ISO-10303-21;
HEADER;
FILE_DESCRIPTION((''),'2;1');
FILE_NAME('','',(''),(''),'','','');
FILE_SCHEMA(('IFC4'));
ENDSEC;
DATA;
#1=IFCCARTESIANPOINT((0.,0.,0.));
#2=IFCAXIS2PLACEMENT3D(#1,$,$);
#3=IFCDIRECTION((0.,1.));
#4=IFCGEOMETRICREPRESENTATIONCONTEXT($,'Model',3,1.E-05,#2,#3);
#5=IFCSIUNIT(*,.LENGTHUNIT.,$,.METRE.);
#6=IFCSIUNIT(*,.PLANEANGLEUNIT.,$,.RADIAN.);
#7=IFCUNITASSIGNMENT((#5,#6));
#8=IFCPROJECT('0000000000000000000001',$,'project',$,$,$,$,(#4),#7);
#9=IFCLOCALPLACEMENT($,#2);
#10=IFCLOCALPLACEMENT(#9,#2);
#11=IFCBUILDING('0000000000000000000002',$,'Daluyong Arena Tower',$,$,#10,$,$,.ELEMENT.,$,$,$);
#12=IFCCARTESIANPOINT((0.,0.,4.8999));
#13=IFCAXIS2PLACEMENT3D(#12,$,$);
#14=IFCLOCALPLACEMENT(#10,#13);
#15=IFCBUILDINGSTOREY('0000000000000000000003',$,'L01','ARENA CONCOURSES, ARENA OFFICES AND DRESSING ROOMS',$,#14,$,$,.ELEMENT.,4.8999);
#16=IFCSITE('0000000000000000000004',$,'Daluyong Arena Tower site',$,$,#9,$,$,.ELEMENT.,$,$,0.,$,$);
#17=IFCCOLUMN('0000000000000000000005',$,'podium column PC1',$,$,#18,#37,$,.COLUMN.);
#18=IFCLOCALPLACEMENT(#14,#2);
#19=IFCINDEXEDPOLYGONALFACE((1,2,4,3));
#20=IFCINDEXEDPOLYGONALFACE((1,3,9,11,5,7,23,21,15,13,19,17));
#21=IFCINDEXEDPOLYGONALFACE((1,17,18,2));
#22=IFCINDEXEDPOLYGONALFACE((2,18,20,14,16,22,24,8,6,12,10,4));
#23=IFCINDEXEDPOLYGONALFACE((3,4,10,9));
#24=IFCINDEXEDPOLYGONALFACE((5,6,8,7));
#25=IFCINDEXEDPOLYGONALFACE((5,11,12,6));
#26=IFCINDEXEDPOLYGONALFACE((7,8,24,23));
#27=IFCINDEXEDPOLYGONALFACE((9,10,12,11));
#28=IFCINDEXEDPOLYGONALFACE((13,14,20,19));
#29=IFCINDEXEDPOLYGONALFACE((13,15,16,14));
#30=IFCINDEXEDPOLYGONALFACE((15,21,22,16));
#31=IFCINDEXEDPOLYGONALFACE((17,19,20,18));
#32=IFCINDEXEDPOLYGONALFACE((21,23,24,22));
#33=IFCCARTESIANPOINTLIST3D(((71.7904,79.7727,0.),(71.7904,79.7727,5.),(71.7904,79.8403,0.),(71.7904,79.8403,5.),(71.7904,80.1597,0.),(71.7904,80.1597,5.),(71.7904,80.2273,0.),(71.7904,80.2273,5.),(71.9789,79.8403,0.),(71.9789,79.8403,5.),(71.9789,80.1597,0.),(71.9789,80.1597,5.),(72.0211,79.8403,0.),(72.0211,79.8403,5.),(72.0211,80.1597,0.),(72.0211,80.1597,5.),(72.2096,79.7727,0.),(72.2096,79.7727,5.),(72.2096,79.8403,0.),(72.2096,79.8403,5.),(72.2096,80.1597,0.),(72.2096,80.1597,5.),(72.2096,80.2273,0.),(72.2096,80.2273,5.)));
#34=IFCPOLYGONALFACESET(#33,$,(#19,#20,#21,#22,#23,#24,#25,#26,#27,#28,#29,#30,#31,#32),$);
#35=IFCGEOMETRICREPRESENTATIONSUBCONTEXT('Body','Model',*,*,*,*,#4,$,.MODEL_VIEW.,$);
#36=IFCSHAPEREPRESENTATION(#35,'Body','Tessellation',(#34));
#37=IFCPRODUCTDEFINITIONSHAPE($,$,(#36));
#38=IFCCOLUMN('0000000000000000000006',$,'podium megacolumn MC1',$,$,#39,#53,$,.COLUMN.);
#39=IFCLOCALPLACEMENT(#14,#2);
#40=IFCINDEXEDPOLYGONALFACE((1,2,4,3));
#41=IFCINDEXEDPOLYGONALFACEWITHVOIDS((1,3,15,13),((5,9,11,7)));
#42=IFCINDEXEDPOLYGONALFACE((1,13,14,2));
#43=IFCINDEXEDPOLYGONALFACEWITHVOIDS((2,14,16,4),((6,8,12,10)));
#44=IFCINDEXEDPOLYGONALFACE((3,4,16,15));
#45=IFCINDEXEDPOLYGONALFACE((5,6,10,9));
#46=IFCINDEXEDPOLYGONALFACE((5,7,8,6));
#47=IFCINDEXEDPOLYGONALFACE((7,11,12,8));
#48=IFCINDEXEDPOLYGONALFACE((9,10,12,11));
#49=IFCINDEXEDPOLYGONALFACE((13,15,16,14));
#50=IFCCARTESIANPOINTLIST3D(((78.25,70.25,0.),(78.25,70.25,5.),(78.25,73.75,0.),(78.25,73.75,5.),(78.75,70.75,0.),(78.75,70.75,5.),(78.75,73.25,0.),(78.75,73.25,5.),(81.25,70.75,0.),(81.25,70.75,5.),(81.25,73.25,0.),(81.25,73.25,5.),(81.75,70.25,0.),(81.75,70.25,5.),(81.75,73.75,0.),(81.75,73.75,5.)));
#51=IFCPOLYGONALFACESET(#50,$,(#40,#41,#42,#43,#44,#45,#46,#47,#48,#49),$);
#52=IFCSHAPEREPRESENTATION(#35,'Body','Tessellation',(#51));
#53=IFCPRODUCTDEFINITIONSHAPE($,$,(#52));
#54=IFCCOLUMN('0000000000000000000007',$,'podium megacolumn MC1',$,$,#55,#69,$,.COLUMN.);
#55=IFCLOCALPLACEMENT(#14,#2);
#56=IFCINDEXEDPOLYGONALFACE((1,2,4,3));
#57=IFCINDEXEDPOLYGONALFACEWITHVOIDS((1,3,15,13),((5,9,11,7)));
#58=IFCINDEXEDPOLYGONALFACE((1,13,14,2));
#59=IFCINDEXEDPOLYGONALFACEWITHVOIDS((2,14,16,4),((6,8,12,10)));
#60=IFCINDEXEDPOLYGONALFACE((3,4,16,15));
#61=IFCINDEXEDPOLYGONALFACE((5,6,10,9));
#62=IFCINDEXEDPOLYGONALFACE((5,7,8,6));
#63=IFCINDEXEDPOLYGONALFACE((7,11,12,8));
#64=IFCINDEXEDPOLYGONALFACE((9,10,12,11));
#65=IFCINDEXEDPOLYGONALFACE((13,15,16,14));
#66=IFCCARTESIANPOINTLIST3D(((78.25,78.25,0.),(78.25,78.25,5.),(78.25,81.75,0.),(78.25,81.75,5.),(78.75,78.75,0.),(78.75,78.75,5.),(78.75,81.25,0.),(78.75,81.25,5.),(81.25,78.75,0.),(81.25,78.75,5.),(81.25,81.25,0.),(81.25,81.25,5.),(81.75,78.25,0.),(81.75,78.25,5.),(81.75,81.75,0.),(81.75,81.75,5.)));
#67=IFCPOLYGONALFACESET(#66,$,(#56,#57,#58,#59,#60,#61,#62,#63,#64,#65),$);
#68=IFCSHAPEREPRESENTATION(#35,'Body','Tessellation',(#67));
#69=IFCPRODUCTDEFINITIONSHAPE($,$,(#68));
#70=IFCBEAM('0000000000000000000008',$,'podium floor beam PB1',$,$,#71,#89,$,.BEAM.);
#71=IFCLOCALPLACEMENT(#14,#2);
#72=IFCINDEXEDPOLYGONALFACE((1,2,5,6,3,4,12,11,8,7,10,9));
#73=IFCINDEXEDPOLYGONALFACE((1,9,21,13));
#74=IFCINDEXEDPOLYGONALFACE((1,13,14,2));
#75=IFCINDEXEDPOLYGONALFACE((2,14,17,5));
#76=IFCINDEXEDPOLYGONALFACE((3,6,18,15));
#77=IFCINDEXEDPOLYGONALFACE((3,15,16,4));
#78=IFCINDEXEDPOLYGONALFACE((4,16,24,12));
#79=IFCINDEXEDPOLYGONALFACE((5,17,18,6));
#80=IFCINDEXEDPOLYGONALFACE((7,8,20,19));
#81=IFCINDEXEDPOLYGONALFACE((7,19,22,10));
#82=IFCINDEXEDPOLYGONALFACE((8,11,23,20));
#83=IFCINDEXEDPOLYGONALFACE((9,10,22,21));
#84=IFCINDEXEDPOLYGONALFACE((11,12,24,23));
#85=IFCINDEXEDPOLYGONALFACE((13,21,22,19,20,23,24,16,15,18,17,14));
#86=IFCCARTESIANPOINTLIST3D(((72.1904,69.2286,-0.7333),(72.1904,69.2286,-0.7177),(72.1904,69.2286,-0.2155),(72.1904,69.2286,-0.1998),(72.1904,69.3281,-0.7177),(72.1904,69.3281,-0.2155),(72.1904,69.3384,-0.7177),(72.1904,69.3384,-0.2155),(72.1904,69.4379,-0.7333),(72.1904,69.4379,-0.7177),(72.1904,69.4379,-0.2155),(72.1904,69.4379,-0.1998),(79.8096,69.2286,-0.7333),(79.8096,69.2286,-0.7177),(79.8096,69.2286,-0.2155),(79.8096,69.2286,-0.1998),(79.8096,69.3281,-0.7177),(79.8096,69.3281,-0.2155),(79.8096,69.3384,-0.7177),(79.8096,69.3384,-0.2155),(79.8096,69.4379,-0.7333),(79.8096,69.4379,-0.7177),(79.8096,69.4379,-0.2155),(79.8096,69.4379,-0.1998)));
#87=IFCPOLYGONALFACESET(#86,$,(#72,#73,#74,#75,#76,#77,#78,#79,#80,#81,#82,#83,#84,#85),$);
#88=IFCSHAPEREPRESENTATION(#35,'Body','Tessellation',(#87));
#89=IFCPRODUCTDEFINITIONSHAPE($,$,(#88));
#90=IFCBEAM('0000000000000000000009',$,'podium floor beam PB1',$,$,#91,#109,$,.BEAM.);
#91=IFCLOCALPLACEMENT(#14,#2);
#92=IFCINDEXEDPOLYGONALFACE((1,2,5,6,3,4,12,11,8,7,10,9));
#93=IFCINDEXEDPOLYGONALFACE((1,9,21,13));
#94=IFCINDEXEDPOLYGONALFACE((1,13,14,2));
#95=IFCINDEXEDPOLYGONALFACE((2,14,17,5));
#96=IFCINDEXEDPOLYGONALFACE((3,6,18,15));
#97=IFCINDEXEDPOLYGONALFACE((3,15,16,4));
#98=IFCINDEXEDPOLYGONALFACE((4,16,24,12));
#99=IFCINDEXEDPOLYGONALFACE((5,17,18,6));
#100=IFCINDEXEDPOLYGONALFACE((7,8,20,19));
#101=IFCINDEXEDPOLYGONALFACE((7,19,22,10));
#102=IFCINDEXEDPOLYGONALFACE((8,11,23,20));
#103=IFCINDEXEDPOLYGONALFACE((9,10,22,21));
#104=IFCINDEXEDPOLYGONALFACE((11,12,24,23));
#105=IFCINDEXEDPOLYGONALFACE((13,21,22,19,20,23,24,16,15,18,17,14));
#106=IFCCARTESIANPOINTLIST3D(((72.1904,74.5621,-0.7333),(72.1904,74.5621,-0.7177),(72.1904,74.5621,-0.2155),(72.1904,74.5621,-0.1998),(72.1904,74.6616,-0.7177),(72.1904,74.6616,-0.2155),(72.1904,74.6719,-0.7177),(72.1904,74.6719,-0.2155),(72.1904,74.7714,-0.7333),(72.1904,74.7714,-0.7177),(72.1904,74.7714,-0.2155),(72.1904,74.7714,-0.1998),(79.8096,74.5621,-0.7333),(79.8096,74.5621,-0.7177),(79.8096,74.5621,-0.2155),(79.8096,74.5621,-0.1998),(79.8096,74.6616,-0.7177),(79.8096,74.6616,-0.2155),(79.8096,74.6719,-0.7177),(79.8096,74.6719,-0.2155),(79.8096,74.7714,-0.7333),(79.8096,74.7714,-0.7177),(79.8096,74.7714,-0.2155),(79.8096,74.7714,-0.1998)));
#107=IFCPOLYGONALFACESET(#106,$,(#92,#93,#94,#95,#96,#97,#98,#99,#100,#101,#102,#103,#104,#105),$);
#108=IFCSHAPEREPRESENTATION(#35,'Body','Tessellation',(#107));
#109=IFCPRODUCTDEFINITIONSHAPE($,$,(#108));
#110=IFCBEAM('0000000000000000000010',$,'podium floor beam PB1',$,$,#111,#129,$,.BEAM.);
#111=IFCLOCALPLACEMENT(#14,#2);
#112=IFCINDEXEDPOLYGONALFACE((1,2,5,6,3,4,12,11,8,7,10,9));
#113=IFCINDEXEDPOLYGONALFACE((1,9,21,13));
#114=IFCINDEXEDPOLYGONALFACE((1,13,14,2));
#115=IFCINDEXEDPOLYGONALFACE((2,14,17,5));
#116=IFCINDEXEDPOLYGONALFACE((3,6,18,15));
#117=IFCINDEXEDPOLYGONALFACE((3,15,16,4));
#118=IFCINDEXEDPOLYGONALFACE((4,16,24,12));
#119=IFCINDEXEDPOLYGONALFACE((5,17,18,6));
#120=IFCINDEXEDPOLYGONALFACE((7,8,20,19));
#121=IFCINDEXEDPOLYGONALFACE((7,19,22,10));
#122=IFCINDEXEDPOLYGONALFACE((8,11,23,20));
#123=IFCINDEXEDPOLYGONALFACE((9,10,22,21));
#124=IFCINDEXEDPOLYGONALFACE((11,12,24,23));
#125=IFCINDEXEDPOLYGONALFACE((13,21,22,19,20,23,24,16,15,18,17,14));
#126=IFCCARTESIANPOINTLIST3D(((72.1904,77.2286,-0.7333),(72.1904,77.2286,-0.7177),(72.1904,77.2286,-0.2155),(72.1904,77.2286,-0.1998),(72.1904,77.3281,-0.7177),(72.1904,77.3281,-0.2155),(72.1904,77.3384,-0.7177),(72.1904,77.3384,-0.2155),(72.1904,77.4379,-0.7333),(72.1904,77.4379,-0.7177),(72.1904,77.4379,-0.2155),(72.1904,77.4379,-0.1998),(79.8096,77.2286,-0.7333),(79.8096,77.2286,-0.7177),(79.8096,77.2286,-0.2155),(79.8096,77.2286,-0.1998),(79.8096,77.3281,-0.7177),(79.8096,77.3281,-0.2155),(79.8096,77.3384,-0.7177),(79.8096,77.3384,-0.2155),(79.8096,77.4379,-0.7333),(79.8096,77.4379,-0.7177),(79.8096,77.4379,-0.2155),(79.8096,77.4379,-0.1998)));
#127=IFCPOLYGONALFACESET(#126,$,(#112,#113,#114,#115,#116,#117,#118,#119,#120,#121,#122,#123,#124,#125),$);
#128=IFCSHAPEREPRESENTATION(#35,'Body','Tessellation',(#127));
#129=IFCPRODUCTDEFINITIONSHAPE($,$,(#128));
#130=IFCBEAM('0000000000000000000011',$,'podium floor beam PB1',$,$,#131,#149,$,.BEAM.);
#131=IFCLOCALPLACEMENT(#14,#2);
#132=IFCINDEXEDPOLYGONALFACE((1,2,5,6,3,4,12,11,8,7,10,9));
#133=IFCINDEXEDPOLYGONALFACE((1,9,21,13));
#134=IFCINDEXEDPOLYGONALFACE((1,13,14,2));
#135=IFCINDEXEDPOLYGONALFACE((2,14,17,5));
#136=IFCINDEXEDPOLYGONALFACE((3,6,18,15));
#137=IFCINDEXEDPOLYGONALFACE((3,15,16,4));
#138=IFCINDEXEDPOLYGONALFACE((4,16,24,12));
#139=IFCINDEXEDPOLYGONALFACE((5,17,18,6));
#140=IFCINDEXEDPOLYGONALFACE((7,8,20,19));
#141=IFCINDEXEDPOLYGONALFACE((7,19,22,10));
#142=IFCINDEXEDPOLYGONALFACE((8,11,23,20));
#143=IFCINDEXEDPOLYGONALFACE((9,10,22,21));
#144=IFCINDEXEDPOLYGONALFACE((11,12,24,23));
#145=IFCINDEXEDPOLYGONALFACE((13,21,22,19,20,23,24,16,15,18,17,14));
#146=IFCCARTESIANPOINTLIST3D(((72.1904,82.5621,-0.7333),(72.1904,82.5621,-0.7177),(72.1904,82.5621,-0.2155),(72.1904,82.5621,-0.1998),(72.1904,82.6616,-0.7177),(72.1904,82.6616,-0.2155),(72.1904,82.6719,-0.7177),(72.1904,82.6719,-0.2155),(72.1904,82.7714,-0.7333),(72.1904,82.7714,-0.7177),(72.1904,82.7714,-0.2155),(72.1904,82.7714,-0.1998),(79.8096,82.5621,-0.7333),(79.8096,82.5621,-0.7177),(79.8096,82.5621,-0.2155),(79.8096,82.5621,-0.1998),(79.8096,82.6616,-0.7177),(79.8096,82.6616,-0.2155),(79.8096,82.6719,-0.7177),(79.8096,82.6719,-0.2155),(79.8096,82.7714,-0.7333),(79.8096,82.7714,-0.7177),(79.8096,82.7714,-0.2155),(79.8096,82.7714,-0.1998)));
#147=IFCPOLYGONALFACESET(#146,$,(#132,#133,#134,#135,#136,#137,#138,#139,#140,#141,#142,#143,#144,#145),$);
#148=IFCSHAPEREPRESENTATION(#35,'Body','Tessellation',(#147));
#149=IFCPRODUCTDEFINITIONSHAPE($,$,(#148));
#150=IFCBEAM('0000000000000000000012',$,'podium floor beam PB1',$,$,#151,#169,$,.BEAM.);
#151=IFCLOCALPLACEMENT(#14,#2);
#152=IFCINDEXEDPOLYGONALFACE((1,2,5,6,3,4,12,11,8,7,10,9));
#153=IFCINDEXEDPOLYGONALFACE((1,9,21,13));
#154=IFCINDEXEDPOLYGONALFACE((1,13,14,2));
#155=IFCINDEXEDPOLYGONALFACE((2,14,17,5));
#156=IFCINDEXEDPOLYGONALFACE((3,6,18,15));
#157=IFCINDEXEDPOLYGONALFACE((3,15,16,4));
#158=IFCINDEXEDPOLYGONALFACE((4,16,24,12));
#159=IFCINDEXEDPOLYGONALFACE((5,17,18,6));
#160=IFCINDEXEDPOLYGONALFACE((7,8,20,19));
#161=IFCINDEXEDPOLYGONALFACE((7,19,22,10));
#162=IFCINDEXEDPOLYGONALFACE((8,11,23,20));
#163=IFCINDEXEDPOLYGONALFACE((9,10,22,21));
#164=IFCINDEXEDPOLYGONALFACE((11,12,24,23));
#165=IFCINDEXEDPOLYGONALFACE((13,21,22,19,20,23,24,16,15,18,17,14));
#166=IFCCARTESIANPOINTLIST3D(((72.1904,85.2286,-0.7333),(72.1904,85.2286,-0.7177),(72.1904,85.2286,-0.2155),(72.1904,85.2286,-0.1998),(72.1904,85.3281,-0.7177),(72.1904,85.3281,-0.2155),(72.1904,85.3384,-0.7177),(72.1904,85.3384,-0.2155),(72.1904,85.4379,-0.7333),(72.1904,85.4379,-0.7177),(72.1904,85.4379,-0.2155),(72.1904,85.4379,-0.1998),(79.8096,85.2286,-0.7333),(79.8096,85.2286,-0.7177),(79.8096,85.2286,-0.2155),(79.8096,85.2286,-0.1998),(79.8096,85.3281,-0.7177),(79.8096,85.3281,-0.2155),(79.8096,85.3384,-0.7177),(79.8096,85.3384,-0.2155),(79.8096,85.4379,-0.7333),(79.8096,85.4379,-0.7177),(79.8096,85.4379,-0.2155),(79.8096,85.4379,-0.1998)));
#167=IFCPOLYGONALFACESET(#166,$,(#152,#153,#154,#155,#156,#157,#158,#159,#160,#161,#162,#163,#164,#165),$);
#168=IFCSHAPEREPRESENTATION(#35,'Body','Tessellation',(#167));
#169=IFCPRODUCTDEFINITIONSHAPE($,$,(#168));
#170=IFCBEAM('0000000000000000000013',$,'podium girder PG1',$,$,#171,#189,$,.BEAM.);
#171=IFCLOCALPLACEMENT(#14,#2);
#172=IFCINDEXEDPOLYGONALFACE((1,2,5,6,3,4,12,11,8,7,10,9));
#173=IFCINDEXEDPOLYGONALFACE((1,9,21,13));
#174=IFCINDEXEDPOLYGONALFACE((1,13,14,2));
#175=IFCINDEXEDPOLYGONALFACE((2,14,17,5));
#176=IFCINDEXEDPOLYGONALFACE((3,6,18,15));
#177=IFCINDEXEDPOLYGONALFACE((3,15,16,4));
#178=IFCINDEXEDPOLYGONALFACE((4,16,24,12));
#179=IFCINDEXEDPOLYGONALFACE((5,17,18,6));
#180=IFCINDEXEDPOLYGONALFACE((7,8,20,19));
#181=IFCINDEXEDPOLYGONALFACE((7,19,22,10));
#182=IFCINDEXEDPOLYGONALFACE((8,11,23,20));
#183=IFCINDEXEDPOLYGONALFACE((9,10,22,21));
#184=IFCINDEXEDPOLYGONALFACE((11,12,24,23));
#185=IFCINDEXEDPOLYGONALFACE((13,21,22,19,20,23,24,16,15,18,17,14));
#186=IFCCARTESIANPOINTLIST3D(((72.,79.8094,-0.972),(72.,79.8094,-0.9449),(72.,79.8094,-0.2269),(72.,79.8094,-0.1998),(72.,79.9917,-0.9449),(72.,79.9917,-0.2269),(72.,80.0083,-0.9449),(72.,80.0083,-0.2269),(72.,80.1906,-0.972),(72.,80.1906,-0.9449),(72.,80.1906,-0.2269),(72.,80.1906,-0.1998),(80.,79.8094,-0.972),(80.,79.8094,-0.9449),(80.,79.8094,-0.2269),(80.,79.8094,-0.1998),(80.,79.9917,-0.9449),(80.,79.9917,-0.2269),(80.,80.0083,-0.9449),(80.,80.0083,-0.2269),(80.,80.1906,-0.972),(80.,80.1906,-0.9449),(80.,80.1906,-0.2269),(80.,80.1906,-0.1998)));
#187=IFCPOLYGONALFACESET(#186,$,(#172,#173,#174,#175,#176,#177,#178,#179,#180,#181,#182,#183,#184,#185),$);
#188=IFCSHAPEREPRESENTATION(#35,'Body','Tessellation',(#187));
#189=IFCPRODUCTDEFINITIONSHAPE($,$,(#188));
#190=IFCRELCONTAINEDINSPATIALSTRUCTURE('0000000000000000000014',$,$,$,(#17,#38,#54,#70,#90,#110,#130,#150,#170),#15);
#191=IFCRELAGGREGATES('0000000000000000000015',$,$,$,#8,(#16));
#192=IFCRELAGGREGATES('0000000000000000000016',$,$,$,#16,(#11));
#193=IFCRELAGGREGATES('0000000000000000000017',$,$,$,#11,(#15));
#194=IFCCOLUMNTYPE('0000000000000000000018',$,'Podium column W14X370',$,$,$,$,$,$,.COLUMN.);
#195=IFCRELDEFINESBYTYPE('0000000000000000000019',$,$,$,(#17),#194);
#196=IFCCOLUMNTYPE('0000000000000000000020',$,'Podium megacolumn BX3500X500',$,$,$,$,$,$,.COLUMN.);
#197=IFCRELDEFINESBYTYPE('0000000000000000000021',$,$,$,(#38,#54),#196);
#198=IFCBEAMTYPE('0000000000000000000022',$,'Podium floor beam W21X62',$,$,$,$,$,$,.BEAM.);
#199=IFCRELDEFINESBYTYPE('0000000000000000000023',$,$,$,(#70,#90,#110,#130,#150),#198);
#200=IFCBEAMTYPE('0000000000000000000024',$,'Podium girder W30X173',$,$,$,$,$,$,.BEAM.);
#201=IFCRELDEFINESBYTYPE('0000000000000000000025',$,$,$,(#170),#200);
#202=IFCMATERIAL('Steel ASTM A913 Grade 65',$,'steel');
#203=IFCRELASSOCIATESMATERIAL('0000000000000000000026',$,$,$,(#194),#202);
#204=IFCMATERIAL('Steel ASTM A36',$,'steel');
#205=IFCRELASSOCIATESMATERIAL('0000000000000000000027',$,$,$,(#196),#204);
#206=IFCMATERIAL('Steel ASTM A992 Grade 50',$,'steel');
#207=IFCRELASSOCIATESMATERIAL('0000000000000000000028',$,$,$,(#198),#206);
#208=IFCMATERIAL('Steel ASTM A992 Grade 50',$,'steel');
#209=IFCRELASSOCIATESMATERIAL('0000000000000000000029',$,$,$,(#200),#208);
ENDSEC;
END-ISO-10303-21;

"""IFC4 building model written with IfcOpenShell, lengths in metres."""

from ifc_helpers import new_model, si_unit, direction, frame, origin, origin_2d, place, context, subcontext, project, spatial, hollow_rectangle, i_section, extrude, material, material_profile, profile_set, type_object, element, save


model = new_model("IFC4")

# Units and contexts
model_context = context("Model", 3, precision=1e-05, world=origin(), true_north=direction((0.0, 1.0)))
body_context = subcontext(model_context, "Body", "Model", "MODEL_VIEW")
ifc_project = project(units=[si_unit("LENGTHUNIT", "METRE"), si_unit("PLANEANGLEUNIT", "RADIAN")], contexts=[model_context])

# Site, building, storey
site_placement = place(None, origin())
site = spatial("IfcSite", under=ifc_project, at=site_placement, Name="Daluyong Arena Tower site", CompositionType="ELEMENT", RefElevation=0.0)
building_placement = place(site_placement, origin())
building = spatial("IfcBuilding", under=site, at=building_placement, Name="Daluyong Arena Tower", CompositionType="ELEMENT")
storey_placement = place(building_placement, frame((0.0, 0.0, 4.8999)))
storey = spatial("IfcBuildingStorey", under=building, at=storey_placement, Name="L01", Description="ARENA CONCOURSES, ARENA OFFICES AND DRESSING ROOMS", CompositionType="ELEMENT", Elevation=4.8999)

# Columns
ifc_material_1 = material(Name="Steel ASTM A913 Grade 65", Category="steel")
ifc_material_profile_1 = material_profile(ifc_material_1, i_section(OverallWidth=0.4192, OverallDepth=0.4546, WebThickness=0.0422, FlangeThickness=0.0676, at=origin_2d()))
ifc_profile_set_1 = profile_set([ifc_material_profile_1], Name="Steel ASTM A913 Grade 65")
column_type_1 = type_object("IfcColumnType", Name="Podium column W14X370", PredefinedType="COLUMN", material=ifc_profile_set_1)
column_placement = place(storey_placement, frame((72.0, 80.0, 0.0), z_axis=(0.0, 0.0, 1.0), x_axis=(1.0, 0.0, 0.0)))
element("IfcColumn", 1, at=column_placement, inside=storey, type_object=column_type_1, Name="podium column PC1", PredefinedType="COLUMN", context=body_context, shape_type="SweptSolid", body=[
    extrude(i_section(OverallWidth=0.4192, OverallDepth=0.4546, WebThickness=0.0422, FlangeThickness=0.0676, at=origin_2d()), origin(), (0.0, 0.0, 1.0), 5.0),
])
ifc_material_2 = material(Name="Steel ASTM A36", Category="steel")
ifc_material_profile_2 = material_profile(ifc_material_2, hollow_rectangle(XDim=3.5, YDim=3.5, WallThickness=0.5, at=origin_2d()))
ifc_profile_set_2 = profile_set([ifc_material_profile_2], Name="Steel ASTM A36")
column_type_2 = type_object("IfcColumnType", Name="Podium megacolumn BX3500X500", PredefinedType="COLUMN", material=ifc_profile_set_2)
for number, where, z_axis, x_axis, name in (
    (2, (80.0, 72.0, 0.0), (0.0, 0.0, 1.0), (1.0, 0.0, 0.0), "podium megacolumn MC1"),
    (3, (80.0, 80.0, 0.0), (0.0, 0.0, 1.0), (1.0, 0.0, 0.0), "podium megacolumn MC1"),
):
    element("IfcColumn", number, at=place(storey_placement, frame(where, z_axis=z_axis, x_axis=x_axis)), inside=storey, type_object=column_type_2, Name=name, PredefinedType="COLUMN", context=body_context, shape_type="SweptSolid", body=[
        extrude(hollow_rectangle(XDim=3.5, YDim=3.5, WallThickness=0.5, at=origin_2d()), origin(), (0.0, 0.0, 1.0), 5.0),
    ])

# Beams
ifc_material_3 = material(Name="Steel ASTM A992 Grade 50", Category="steel")
ifc_material_profile_3 = material_profile(ifc_material_3, i_section(OverallWidth=0.2092, OverallDepth=0.5334, WebThickness=0.0103, FlangeThickness=0.0156, at=origin_2d()))
ifc_profile_set_3 = profile_set([ifc_material_profile_3], Name="Steel ASTM A992 Grade 50")
beam_type_1 = type_object("IfcBeamType", Name="Podium floor beam W21X62", PredefinedType="BEAM", material=ifc_profile_set_3)
for number, where, z_axis, x_axis, name in (
    (4, (72.1904, 69.3333, -0.4666), (1.0, 0.0, 0.0), (0.0, 1.0, 0.0), "podium floor beam PB1"),
    (5, (72.1904, 74.6667, -0.4666), (1.0, 0.0, 0.0), (0.0, 1.0, 0.0), "podium floor beam PB1"),
    (6, (72.1904, 77.3333, -0.4666), (1.0, 0.0, 0.0), (0.0, 1.0, 0.0), "podium floor beam PB1"),
    (7, (72.1904, 82.6667, -0.4666), (1.0, 0.0, 0.0), (0.0, 1.0, 0.0), "podium floor beam PB1"),
    (8, (72.1904, 85.3333, -0.4666), (1.0, 0.0, 0.0), (0.0, 1.0, 0.0), "podium floor beam PB1"),
):
    element("IfcBeam", number, at=place(storey_placement, frame(where, z_axis=z_axis, x_axis=x_axis)), inside=storey, type_object=beam_type_1, Name=name, PredefinedType="BEAM", context=body_context, shape_type="SweptSolid", body=[
        extrude(i_section(OverallWidth=0.2092, OverallDepth=0.5334, WebThickness=0.0103, FlangeThickness=0.0156, at=origin_2d()), origin(), (0.0, 0.0, 1.0), 7.6191),
    ])
ifc_material_4 = material(Name="Steel ASTM A992 Grade 50", Category="steel")
ifc_material_profile_4 = material_profile(ifc_material_4, i_section(OverallWidth=0.3811, OverallDepth=0.7722, WebThickness=0.0166, FlangeThickness=0.0271, at=origin_2d()))
ifc_profile_set_4 = profile_set([ifc_material_profile_4], Name="Steel ASTM A992 Grade 50")
beam_type_2 = type_object("IfcBeamType", Name="Podium girder W30X173", PredefinedType="BEAM", material=ifc_profile_set_4)
for number, where, z_axis, x_axis, name in (
    (9, (72.0, 80.0, -0.5859), (1.0, 0.0, 0.0), (0.0, 1.0, 0.0), "podium girder PG1"),
):
    element("IfcBeam", number, at=place(storey_placement, frame(where, z_axis=z_axis, x_axis=x_axis)), inside=storey, type_object=beam_type_2, Name=name, PredefinedType="BEAM", context=body_context, shape_type="SweptSolid", body=[
        extrude(i_section(OverallWidth=0.3811, OverallDepth=0.7722, WebThickness=0.0166, FlangeThickness=0.0271, at=origin_2d()), origin(), (0.0, 0.0, 1.0), 8.0),
    ])

save(model, "model.ifc")
